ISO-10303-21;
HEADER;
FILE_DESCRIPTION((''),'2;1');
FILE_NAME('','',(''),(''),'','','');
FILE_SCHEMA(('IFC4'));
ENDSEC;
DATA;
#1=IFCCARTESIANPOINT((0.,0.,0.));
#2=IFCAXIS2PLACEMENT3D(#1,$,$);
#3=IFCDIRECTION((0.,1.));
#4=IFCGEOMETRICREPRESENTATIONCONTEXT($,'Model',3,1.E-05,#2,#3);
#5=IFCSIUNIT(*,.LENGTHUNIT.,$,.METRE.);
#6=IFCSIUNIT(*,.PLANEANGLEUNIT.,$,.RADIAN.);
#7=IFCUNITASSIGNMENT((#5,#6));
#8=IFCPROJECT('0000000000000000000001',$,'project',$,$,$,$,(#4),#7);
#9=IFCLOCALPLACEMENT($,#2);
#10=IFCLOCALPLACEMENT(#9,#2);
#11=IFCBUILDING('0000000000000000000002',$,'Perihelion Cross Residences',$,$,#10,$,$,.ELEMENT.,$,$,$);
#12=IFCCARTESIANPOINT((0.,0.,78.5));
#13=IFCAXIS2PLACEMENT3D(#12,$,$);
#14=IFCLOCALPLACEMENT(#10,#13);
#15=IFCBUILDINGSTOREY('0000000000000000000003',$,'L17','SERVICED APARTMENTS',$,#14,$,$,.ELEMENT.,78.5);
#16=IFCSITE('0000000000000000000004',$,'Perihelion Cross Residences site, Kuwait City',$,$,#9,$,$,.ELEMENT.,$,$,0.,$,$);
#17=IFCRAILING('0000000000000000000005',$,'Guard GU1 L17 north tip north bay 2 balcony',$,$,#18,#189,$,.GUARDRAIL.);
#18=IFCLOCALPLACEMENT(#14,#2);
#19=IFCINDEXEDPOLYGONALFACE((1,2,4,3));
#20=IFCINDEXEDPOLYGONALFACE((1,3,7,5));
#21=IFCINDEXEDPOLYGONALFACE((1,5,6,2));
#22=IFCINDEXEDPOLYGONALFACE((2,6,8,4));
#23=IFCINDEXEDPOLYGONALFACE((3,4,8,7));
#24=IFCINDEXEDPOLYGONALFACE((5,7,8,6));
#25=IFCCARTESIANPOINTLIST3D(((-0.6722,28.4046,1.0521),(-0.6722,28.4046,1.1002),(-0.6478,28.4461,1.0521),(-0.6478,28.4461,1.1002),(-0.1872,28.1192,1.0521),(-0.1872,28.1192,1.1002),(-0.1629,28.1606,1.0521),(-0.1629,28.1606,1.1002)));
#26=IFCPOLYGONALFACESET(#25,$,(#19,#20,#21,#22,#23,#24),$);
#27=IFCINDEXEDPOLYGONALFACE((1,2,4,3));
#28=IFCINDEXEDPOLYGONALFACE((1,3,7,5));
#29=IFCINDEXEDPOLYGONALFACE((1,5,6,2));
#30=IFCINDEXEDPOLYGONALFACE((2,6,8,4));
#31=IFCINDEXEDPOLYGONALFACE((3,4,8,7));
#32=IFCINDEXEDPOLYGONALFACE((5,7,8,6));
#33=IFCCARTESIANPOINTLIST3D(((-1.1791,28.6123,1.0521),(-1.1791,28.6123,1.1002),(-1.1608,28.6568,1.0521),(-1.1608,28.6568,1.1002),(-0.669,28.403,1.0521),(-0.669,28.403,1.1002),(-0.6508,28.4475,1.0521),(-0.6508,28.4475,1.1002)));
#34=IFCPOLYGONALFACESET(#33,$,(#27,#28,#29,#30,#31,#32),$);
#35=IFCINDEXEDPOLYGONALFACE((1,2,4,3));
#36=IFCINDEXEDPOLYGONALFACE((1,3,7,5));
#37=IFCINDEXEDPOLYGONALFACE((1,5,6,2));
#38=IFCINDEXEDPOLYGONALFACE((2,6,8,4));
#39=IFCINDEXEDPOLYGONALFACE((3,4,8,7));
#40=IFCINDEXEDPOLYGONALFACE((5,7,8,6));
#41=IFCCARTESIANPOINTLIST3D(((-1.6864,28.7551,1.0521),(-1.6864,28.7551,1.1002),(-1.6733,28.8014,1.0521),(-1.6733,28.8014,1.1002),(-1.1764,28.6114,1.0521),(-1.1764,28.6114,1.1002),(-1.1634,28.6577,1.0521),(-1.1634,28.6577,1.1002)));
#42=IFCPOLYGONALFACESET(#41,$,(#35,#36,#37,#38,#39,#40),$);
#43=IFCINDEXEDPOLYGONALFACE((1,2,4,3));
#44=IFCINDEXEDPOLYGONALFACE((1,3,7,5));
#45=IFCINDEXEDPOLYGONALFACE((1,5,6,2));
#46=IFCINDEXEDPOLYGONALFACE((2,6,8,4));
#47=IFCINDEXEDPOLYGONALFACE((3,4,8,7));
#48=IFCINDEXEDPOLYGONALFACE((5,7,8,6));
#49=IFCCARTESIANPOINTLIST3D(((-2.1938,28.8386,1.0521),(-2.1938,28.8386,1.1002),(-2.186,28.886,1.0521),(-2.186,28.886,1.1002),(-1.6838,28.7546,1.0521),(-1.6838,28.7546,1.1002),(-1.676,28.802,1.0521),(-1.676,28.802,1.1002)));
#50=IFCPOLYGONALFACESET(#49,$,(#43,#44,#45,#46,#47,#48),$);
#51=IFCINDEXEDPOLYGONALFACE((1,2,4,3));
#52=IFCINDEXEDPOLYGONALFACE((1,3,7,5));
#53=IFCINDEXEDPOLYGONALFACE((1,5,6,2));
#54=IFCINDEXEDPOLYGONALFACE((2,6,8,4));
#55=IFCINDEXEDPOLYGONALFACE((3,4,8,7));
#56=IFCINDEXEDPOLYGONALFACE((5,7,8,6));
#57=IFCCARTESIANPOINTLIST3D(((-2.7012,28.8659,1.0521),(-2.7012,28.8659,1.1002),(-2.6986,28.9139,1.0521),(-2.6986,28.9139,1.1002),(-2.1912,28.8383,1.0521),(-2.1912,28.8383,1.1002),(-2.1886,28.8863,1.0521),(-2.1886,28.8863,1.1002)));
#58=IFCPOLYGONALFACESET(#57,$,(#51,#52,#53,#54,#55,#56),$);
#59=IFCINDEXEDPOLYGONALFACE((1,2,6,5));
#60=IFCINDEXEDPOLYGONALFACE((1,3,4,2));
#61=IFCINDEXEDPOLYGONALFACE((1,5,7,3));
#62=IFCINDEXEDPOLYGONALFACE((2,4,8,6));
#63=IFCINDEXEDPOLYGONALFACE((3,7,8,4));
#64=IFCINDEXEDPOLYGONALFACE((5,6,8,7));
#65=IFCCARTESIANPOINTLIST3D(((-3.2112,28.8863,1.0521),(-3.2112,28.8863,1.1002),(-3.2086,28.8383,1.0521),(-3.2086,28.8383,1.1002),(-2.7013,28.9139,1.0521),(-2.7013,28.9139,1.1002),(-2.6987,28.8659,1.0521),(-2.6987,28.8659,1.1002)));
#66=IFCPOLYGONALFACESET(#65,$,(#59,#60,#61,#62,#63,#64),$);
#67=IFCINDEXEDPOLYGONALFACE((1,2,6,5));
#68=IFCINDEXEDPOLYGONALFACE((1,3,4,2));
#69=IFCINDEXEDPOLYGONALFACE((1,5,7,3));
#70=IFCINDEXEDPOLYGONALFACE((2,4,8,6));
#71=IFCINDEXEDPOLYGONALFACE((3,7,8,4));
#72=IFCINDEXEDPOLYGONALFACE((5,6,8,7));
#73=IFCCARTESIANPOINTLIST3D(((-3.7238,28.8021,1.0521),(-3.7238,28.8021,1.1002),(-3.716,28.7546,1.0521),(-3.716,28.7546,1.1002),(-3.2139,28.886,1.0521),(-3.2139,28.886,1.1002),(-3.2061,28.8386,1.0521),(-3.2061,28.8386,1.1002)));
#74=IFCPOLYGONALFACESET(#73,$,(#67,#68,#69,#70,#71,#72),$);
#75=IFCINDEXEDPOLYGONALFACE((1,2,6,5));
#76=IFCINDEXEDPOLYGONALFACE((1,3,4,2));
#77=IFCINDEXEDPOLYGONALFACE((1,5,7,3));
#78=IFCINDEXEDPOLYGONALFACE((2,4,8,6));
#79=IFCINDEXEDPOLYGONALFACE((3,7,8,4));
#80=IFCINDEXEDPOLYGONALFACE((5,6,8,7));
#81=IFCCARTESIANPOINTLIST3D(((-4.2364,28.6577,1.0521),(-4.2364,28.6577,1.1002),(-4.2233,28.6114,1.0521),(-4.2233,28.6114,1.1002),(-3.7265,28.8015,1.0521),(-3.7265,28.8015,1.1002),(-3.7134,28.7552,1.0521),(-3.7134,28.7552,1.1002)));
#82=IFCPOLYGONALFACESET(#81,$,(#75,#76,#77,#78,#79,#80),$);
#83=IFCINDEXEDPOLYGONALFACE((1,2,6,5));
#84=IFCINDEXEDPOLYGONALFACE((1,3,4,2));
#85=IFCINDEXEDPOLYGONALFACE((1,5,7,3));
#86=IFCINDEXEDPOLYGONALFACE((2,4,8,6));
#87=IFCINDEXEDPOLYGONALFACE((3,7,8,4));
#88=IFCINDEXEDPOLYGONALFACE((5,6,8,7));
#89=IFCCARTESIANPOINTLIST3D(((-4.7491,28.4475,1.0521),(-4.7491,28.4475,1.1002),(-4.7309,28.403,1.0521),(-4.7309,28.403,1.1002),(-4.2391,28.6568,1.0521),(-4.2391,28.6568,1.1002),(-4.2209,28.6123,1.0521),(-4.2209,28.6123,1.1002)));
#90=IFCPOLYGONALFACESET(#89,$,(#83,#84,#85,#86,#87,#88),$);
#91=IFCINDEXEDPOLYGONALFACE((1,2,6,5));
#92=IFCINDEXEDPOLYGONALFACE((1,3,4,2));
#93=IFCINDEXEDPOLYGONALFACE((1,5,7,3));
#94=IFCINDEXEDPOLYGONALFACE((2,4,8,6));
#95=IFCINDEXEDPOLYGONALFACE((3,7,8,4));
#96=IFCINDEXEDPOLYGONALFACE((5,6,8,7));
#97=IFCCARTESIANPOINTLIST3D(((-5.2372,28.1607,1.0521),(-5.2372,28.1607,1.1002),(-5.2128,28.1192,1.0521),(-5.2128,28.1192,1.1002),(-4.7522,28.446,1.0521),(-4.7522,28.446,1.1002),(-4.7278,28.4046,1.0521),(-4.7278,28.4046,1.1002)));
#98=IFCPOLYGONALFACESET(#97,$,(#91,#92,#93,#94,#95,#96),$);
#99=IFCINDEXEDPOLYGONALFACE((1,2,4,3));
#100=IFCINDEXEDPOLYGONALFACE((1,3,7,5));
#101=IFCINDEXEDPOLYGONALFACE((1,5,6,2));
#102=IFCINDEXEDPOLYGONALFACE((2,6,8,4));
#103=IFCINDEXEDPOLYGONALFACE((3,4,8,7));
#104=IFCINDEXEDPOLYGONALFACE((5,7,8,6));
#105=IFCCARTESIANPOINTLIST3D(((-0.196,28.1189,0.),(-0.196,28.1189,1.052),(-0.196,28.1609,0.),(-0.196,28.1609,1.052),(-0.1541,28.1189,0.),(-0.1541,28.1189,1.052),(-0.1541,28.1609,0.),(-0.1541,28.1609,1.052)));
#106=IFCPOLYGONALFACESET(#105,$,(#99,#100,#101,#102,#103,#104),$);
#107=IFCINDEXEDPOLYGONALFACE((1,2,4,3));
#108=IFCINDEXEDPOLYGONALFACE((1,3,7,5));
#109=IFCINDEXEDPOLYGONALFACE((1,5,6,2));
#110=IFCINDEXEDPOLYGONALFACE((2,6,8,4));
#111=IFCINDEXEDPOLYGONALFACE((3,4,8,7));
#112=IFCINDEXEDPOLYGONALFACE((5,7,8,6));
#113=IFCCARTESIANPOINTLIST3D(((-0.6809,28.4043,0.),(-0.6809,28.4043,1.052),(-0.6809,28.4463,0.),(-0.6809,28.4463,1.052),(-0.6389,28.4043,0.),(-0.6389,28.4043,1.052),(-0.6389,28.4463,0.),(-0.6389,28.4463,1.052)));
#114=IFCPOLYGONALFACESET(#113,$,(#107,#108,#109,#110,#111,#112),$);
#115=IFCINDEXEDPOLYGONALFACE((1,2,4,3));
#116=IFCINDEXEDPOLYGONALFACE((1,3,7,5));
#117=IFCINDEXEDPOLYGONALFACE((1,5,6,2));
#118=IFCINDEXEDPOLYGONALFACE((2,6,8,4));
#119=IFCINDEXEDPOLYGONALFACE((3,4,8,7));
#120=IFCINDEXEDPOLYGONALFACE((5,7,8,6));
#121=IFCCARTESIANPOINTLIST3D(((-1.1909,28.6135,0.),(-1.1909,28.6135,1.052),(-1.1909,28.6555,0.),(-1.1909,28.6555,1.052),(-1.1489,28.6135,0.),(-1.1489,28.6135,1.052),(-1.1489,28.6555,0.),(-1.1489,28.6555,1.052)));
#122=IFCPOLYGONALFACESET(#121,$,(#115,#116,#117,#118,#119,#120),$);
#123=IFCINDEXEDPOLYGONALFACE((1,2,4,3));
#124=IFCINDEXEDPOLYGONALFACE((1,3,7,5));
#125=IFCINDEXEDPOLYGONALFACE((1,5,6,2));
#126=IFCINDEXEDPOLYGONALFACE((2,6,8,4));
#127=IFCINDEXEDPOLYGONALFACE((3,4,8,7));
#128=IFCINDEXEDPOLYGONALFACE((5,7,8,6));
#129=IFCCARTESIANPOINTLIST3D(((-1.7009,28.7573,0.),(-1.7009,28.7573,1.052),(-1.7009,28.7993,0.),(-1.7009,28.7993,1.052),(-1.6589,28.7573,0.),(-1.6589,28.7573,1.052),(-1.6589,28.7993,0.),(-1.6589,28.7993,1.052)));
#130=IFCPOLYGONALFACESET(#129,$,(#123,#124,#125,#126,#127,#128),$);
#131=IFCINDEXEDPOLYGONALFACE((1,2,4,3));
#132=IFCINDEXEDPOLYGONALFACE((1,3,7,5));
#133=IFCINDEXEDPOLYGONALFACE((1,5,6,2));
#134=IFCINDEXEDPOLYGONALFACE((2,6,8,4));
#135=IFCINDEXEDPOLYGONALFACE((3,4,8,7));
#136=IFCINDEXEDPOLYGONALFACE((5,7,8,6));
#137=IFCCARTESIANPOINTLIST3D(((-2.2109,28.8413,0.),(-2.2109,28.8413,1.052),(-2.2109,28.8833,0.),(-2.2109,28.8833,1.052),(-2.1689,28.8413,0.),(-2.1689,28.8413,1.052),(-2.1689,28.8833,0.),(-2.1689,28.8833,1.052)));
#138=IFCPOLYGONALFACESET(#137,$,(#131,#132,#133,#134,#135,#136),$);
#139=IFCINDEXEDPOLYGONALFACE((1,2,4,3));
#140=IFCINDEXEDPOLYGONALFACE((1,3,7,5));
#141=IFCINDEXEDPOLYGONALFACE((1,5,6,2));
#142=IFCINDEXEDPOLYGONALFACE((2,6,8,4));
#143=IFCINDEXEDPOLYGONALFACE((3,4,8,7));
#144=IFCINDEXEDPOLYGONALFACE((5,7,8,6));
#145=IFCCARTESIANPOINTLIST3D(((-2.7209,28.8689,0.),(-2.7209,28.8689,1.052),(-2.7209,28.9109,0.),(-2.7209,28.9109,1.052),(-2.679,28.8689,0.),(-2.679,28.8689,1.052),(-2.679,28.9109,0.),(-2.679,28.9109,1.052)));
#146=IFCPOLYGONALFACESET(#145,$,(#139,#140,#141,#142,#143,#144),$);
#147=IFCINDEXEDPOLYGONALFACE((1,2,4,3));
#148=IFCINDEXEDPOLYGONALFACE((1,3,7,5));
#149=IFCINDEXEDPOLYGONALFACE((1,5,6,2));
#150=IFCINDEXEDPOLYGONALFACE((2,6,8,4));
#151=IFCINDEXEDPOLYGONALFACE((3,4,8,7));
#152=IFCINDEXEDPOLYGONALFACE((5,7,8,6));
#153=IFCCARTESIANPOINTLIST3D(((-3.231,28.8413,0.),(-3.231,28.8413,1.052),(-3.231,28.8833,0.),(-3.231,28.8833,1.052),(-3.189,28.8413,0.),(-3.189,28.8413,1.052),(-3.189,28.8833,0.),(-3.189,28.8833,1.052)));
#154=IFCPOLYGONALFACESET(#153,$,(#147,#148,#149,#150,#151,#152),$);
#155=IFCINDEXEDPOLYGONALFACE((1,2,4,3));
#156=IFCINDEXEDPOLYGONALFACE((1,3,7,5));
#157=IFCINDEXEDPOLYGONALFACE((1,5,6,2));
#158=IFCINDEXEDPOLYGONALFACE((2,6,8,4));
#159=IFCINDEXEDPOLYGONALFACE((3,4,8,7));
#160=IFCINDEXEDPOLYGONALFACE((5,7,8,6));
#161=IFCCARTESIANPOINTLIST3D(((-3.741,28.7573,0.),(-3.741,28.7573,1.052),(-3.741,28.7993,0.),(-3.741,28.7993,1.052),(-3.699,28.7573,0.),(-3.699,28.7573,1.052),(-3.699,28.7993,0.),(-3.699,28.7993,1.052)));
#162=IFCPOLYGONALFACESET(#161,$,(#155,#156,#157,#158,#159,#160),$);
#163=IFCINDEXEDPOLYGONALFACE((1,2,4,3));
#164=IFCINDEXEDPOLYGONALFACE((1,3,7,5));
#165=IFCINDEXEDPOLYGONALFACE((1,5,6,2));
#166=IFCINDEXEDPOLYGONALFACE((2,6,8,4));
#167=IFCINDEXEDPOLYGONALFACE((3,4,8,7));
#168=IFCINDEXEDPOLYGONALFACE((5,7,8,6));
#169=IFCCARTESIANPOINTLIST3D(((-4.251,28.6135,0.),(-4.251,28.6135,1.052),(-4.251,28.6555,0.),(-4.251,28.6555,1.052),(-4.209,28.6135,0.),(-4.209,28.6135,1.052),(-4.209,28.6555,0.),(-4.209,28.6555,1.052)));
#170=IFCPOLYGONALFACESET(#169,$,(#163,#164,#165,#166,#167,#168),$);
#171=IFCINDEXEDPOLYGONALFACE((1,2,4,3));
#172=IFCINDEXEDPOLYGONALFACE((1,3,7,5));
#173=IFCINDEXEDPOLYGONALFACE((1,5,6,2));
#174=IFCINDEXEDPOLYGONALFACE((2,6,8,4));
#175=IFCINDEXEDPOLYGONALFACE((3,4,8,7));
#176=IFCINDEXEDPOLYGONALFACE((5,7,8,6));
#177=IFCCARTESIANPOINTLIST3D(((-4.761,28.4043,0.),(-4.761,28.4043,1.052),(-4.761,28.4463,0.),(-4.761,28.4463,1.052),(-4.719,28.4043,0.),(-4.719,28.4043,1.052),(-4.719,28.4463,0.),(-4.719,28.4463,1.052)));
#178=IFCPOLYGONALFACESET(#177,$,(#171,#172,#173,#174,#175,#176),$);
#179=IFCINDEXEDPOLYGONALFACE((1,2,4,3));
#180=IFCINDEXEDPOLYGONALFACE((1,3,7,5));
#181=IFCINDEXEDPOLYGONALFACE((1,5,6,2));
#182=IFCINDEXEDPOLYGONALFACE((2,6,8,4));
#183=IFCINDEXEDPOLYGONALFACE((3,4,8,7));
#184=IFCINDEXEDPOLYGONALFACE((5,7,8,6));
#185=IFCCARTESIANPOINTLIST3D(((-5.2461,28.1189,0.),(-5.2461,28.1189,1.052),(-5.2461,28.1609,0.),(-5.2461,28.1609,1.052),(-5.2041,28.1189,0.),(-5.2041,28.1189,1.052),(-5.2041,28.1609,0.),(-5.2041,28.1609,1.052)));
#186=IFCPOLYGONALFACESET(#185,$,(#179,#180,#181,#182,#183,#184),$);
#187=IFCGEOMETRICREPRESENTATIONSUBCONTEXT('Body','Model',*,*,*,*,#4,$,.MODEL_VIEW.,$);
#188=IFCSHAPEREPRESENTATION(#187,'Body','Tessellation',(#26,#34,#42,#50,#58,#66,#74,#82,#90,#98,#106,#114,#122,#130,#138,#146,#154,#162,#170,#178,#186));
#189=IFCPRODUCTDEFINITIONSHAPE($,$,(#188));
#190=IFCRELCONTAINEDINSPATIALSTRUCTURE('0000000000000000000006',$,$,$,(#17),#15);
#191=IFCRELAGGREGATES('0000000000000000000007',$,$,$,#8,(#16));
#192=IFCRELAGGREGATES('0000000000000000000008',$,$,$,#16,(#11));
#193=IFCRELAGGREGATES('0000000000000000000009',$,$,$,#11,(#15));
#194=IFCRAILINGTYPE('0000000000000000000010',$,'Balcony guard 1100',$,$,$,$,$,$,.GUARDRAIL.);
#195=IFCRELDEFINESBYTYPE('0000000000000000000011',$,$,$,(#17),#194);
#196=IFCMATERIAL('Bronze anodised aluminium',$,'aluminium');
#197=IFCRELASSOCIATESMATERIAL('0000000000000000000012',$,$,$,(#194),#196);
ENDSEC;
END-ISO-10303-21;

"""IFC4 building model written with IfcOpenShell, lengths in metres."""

from ifc_helpers import new_model, si_unit, direction, frame, origin, origin_2d, place, context, subcontext, project, spatial, rectangle, extrude, material, type_object, element, save


model = new_model("IFC4")

# Units and contexts
model_context = context("Model", 3, precision=1e-05, world=origin(), true_north=direction((0.0, 1.0)))
body_context = subcontext(model_context, "Body", "Model", "MODEL_VIEW")
ifc_project = project(units=[si_unit("LENGTHUNIT", "METRE"), si_unit("PLANEANGLEUNIT", "RADIAN")], contexts=[model_context])

# Site, building, storey
site_placement = place(None, origin())
site = spatial("IfcSite", under=ifc_project, at=site_placement, Name="Perihelion Cross Residences site, Kuwait City", CompositionType="ELEMENT", RefElevation=0.0)
building_placement = place(site_placement, origin())
building = spatial("IfcBuilding", under=site, at=building_placement, Name="Perihelion Cross Residences", CompositionType="ELEMENT")
storey_placement = place(building_placement, frame((0.0, 0.0, 78.5)))
storey = spatial("IfcBuildingStorey", under=building, at=storey_placement, Name="L17", Description="SERVICED APARTMENTS", CompositionType="ELEMENT", Elevation=78.5)

# Railing
ifc_material_1 = material(Name="Bronze anodised aluminium", Category="aluminium")
railing_type = type_object("IfcRailingType", Name="Balcony guard 1100", PredefinedType="GUARDRAIL", material=ifc_material_1)
railing_placement = place(storey_placement, frame((-0.175, 28.1399, 0.0)))
element("IfcRailing", 1, at=railing_placement, inside=storey, type_object=railing_type, Name="Guard GU1 L17 north tip north bay 2 balcony", PredefinedType="GUARDRAIL", context=body_context, shape_type="SweptSolid", body=[
    extrude(rectangle(XDim=0.0481, YDim=0.0481, at=origin_2d()), frame((0.0, 0.0, 1.0762), z_axis=(-0.861789, 0.507267, 0.0), x_axis=(-0.507267, -0.861789, 0.0)), (0.0, 0.0, 1.0), 0.5627),
    extrude(rectangle(XDim=0.0481, YDim=0.0481, at=origin_2d()), frame((-0.4849, 0.2854, 1.0762), z_axis=(-0.925173, 0.379547, 0.0), x_axis=(-0.379547, -0.925173, 0.0)), (0.0, 0.0, 1.0), 0.5513),
    extrude(rectangle(XDim=0.0481, YDim=0.0481, at=origin_2d()), frame((-0.9949, 0.4946, 1.0762), z_axis=(-0.962474, 0.271373, 0.0), x_axis=(-0.271373, -0.962474, 0.0)), (0.0, 0.0, 1.0), 0.5298),
    extrude(rectangle(XDim=0.0481, YDim=0.0481, at=origin_2d()), frame((-1.5049, 0.6384, 1.0762), z_axis=(-0.986711, 0.162484, 0.0), x_axis=(-0.162484, -0.986711, 0.0)), (0.0, 0.0, 1.0), 0.5168),
    extrude(rectangle(XDim=0.0481, YDim=0.0481, at=origin_2d()), frame((-2.0149, 0.7224, 1.0762), z_axis=(-0.99854, 0.054014, 0.0), x_axis=(-0.054014, -0.99854, 0.0)), (0.0, 0.0, 1.0), 0.5107),
    extrude(rectangle(XDim=0.0481, YDim=0.0481, at=origin_2d()), frame((-2.5249, 0.75, 1.0762), z_axis=(-0.99854, -0.054014, 0.0), x_axis=(0.054014, -0.99854, 0.0)), (0.0, 0.0, 1.0), 0.5107),
    extrude(rectangle(XDim=0.0481, YDim=0.0481, at=origin_2d()), frame((-3.0349, 0.7224, 1.0762), z_axis=(-0.986711, -0.162484, 0.0), x_axis=(0.162484, -0.986711, 0.0)), (0.0, 0.0, 1.0), 0.5168),
    extrude(rectangle(XDim=0.0481, YDim=0.0481, at=origin_2d()), frame((-3.5449, 0.6384, 1.0762), z_axis=(-0.962474, -0.271373, 0.0), x_axis=(0.271373, -0.962474, 0.0)), (0.0, 0.0, 1.0), 0.5298),
    extrude(rectangle(XDim=0.0481, YDim=0.0481, at=origin_2d()), frame((-4.0549, 0.4946, 1.0762), z_axis=(-0.925173, -0.379547, 0.0), x_axis=(0.379547, -0.925173, 0.0)), (0.0, 0.0, 1.0), 0.5513),
    extrude(rectangle(XDim=0.0481, YDim=0.0481, at=origin_2d()), frame((-4.5649, 0.2854, 1.0762), z_axis=(-0.861901, -0.507077, 0.0), x_axis=(0.507077, -0.861901, 0.0)), (0.0, 0.0, 1.0), 0.5627),
    extrude(rectangle(XDim=0.042, YDim=0.042, at=origin_2d()), origin(), (0.0, 0.0, 1.0), 1.052),
    extrude(rectangle(XDim=0.042, YDim=0.042, at=origin_2d()), frame((-0.4849, 0.2854, 0.0)), (0.0, 0.0, 1.0), 1.052),
    extrude(rectangle(XDim=0.042, YDim=0.042, at=origin_2d()), frame((-0.9949, 0.4946, 0.0)), (0.0, 0.0, 1.0), 1.052),
    extrude(rectangle(XDim=0.042, YDim=0.042, at=origin_2d()), frame((-1.5049, 0.6384, 0.0)), (0.0, 0.0, 1.0), 1.052),
    extrude(rectangle(XDim=0.042, YDim=0.042, at=origin_2d()), frame((-2.0149, 0.7224, 0.0)), (0.0, 0.0, 1.0), 1.052),
    extrude(rectangle(XDim=0.042, YDim=0.042, at=origin_2d()), frame((-2.5249, 0.75, 0.0)), (0.0, 0.0, 1.0), 1.052),
    extrude(rectangle(XDim=0.042, YDim=0.042, at=origin_2d()), frame((-3.0349, 0.7224, 0.0)), (0.0, 0.0, 1.0), 1.052),
    extrude(rectangle(XDim=0.042, YDim=0.042, at=origin_2d()), frame((-3.5449, 0.6384, 0.0)), (0.0, 0.0, 1.0), 1.052),
    extrude(rectangle(XDim=0.042, YDim=0.042, at=origin_2d()), frame((-4.0549, 0.4946, 0.0)), (0.0, 0.0, 1.0), 1.052),
    extrude(rectangle(XDim=0.042, YDim=0.042, at=origin_2d()), frame((-4.5649, 0.2854, 0.0)), (0.0, 0.0, 1.0), 1.052),
    extrude(rectangle(XDim=0.042, YDim=0.042, at=origin_2d()), frame((-5.05, 0.0, 0.0)), (0.0, 0.0, 1.0), 1.052),
])

save(model, "model.ifc")
